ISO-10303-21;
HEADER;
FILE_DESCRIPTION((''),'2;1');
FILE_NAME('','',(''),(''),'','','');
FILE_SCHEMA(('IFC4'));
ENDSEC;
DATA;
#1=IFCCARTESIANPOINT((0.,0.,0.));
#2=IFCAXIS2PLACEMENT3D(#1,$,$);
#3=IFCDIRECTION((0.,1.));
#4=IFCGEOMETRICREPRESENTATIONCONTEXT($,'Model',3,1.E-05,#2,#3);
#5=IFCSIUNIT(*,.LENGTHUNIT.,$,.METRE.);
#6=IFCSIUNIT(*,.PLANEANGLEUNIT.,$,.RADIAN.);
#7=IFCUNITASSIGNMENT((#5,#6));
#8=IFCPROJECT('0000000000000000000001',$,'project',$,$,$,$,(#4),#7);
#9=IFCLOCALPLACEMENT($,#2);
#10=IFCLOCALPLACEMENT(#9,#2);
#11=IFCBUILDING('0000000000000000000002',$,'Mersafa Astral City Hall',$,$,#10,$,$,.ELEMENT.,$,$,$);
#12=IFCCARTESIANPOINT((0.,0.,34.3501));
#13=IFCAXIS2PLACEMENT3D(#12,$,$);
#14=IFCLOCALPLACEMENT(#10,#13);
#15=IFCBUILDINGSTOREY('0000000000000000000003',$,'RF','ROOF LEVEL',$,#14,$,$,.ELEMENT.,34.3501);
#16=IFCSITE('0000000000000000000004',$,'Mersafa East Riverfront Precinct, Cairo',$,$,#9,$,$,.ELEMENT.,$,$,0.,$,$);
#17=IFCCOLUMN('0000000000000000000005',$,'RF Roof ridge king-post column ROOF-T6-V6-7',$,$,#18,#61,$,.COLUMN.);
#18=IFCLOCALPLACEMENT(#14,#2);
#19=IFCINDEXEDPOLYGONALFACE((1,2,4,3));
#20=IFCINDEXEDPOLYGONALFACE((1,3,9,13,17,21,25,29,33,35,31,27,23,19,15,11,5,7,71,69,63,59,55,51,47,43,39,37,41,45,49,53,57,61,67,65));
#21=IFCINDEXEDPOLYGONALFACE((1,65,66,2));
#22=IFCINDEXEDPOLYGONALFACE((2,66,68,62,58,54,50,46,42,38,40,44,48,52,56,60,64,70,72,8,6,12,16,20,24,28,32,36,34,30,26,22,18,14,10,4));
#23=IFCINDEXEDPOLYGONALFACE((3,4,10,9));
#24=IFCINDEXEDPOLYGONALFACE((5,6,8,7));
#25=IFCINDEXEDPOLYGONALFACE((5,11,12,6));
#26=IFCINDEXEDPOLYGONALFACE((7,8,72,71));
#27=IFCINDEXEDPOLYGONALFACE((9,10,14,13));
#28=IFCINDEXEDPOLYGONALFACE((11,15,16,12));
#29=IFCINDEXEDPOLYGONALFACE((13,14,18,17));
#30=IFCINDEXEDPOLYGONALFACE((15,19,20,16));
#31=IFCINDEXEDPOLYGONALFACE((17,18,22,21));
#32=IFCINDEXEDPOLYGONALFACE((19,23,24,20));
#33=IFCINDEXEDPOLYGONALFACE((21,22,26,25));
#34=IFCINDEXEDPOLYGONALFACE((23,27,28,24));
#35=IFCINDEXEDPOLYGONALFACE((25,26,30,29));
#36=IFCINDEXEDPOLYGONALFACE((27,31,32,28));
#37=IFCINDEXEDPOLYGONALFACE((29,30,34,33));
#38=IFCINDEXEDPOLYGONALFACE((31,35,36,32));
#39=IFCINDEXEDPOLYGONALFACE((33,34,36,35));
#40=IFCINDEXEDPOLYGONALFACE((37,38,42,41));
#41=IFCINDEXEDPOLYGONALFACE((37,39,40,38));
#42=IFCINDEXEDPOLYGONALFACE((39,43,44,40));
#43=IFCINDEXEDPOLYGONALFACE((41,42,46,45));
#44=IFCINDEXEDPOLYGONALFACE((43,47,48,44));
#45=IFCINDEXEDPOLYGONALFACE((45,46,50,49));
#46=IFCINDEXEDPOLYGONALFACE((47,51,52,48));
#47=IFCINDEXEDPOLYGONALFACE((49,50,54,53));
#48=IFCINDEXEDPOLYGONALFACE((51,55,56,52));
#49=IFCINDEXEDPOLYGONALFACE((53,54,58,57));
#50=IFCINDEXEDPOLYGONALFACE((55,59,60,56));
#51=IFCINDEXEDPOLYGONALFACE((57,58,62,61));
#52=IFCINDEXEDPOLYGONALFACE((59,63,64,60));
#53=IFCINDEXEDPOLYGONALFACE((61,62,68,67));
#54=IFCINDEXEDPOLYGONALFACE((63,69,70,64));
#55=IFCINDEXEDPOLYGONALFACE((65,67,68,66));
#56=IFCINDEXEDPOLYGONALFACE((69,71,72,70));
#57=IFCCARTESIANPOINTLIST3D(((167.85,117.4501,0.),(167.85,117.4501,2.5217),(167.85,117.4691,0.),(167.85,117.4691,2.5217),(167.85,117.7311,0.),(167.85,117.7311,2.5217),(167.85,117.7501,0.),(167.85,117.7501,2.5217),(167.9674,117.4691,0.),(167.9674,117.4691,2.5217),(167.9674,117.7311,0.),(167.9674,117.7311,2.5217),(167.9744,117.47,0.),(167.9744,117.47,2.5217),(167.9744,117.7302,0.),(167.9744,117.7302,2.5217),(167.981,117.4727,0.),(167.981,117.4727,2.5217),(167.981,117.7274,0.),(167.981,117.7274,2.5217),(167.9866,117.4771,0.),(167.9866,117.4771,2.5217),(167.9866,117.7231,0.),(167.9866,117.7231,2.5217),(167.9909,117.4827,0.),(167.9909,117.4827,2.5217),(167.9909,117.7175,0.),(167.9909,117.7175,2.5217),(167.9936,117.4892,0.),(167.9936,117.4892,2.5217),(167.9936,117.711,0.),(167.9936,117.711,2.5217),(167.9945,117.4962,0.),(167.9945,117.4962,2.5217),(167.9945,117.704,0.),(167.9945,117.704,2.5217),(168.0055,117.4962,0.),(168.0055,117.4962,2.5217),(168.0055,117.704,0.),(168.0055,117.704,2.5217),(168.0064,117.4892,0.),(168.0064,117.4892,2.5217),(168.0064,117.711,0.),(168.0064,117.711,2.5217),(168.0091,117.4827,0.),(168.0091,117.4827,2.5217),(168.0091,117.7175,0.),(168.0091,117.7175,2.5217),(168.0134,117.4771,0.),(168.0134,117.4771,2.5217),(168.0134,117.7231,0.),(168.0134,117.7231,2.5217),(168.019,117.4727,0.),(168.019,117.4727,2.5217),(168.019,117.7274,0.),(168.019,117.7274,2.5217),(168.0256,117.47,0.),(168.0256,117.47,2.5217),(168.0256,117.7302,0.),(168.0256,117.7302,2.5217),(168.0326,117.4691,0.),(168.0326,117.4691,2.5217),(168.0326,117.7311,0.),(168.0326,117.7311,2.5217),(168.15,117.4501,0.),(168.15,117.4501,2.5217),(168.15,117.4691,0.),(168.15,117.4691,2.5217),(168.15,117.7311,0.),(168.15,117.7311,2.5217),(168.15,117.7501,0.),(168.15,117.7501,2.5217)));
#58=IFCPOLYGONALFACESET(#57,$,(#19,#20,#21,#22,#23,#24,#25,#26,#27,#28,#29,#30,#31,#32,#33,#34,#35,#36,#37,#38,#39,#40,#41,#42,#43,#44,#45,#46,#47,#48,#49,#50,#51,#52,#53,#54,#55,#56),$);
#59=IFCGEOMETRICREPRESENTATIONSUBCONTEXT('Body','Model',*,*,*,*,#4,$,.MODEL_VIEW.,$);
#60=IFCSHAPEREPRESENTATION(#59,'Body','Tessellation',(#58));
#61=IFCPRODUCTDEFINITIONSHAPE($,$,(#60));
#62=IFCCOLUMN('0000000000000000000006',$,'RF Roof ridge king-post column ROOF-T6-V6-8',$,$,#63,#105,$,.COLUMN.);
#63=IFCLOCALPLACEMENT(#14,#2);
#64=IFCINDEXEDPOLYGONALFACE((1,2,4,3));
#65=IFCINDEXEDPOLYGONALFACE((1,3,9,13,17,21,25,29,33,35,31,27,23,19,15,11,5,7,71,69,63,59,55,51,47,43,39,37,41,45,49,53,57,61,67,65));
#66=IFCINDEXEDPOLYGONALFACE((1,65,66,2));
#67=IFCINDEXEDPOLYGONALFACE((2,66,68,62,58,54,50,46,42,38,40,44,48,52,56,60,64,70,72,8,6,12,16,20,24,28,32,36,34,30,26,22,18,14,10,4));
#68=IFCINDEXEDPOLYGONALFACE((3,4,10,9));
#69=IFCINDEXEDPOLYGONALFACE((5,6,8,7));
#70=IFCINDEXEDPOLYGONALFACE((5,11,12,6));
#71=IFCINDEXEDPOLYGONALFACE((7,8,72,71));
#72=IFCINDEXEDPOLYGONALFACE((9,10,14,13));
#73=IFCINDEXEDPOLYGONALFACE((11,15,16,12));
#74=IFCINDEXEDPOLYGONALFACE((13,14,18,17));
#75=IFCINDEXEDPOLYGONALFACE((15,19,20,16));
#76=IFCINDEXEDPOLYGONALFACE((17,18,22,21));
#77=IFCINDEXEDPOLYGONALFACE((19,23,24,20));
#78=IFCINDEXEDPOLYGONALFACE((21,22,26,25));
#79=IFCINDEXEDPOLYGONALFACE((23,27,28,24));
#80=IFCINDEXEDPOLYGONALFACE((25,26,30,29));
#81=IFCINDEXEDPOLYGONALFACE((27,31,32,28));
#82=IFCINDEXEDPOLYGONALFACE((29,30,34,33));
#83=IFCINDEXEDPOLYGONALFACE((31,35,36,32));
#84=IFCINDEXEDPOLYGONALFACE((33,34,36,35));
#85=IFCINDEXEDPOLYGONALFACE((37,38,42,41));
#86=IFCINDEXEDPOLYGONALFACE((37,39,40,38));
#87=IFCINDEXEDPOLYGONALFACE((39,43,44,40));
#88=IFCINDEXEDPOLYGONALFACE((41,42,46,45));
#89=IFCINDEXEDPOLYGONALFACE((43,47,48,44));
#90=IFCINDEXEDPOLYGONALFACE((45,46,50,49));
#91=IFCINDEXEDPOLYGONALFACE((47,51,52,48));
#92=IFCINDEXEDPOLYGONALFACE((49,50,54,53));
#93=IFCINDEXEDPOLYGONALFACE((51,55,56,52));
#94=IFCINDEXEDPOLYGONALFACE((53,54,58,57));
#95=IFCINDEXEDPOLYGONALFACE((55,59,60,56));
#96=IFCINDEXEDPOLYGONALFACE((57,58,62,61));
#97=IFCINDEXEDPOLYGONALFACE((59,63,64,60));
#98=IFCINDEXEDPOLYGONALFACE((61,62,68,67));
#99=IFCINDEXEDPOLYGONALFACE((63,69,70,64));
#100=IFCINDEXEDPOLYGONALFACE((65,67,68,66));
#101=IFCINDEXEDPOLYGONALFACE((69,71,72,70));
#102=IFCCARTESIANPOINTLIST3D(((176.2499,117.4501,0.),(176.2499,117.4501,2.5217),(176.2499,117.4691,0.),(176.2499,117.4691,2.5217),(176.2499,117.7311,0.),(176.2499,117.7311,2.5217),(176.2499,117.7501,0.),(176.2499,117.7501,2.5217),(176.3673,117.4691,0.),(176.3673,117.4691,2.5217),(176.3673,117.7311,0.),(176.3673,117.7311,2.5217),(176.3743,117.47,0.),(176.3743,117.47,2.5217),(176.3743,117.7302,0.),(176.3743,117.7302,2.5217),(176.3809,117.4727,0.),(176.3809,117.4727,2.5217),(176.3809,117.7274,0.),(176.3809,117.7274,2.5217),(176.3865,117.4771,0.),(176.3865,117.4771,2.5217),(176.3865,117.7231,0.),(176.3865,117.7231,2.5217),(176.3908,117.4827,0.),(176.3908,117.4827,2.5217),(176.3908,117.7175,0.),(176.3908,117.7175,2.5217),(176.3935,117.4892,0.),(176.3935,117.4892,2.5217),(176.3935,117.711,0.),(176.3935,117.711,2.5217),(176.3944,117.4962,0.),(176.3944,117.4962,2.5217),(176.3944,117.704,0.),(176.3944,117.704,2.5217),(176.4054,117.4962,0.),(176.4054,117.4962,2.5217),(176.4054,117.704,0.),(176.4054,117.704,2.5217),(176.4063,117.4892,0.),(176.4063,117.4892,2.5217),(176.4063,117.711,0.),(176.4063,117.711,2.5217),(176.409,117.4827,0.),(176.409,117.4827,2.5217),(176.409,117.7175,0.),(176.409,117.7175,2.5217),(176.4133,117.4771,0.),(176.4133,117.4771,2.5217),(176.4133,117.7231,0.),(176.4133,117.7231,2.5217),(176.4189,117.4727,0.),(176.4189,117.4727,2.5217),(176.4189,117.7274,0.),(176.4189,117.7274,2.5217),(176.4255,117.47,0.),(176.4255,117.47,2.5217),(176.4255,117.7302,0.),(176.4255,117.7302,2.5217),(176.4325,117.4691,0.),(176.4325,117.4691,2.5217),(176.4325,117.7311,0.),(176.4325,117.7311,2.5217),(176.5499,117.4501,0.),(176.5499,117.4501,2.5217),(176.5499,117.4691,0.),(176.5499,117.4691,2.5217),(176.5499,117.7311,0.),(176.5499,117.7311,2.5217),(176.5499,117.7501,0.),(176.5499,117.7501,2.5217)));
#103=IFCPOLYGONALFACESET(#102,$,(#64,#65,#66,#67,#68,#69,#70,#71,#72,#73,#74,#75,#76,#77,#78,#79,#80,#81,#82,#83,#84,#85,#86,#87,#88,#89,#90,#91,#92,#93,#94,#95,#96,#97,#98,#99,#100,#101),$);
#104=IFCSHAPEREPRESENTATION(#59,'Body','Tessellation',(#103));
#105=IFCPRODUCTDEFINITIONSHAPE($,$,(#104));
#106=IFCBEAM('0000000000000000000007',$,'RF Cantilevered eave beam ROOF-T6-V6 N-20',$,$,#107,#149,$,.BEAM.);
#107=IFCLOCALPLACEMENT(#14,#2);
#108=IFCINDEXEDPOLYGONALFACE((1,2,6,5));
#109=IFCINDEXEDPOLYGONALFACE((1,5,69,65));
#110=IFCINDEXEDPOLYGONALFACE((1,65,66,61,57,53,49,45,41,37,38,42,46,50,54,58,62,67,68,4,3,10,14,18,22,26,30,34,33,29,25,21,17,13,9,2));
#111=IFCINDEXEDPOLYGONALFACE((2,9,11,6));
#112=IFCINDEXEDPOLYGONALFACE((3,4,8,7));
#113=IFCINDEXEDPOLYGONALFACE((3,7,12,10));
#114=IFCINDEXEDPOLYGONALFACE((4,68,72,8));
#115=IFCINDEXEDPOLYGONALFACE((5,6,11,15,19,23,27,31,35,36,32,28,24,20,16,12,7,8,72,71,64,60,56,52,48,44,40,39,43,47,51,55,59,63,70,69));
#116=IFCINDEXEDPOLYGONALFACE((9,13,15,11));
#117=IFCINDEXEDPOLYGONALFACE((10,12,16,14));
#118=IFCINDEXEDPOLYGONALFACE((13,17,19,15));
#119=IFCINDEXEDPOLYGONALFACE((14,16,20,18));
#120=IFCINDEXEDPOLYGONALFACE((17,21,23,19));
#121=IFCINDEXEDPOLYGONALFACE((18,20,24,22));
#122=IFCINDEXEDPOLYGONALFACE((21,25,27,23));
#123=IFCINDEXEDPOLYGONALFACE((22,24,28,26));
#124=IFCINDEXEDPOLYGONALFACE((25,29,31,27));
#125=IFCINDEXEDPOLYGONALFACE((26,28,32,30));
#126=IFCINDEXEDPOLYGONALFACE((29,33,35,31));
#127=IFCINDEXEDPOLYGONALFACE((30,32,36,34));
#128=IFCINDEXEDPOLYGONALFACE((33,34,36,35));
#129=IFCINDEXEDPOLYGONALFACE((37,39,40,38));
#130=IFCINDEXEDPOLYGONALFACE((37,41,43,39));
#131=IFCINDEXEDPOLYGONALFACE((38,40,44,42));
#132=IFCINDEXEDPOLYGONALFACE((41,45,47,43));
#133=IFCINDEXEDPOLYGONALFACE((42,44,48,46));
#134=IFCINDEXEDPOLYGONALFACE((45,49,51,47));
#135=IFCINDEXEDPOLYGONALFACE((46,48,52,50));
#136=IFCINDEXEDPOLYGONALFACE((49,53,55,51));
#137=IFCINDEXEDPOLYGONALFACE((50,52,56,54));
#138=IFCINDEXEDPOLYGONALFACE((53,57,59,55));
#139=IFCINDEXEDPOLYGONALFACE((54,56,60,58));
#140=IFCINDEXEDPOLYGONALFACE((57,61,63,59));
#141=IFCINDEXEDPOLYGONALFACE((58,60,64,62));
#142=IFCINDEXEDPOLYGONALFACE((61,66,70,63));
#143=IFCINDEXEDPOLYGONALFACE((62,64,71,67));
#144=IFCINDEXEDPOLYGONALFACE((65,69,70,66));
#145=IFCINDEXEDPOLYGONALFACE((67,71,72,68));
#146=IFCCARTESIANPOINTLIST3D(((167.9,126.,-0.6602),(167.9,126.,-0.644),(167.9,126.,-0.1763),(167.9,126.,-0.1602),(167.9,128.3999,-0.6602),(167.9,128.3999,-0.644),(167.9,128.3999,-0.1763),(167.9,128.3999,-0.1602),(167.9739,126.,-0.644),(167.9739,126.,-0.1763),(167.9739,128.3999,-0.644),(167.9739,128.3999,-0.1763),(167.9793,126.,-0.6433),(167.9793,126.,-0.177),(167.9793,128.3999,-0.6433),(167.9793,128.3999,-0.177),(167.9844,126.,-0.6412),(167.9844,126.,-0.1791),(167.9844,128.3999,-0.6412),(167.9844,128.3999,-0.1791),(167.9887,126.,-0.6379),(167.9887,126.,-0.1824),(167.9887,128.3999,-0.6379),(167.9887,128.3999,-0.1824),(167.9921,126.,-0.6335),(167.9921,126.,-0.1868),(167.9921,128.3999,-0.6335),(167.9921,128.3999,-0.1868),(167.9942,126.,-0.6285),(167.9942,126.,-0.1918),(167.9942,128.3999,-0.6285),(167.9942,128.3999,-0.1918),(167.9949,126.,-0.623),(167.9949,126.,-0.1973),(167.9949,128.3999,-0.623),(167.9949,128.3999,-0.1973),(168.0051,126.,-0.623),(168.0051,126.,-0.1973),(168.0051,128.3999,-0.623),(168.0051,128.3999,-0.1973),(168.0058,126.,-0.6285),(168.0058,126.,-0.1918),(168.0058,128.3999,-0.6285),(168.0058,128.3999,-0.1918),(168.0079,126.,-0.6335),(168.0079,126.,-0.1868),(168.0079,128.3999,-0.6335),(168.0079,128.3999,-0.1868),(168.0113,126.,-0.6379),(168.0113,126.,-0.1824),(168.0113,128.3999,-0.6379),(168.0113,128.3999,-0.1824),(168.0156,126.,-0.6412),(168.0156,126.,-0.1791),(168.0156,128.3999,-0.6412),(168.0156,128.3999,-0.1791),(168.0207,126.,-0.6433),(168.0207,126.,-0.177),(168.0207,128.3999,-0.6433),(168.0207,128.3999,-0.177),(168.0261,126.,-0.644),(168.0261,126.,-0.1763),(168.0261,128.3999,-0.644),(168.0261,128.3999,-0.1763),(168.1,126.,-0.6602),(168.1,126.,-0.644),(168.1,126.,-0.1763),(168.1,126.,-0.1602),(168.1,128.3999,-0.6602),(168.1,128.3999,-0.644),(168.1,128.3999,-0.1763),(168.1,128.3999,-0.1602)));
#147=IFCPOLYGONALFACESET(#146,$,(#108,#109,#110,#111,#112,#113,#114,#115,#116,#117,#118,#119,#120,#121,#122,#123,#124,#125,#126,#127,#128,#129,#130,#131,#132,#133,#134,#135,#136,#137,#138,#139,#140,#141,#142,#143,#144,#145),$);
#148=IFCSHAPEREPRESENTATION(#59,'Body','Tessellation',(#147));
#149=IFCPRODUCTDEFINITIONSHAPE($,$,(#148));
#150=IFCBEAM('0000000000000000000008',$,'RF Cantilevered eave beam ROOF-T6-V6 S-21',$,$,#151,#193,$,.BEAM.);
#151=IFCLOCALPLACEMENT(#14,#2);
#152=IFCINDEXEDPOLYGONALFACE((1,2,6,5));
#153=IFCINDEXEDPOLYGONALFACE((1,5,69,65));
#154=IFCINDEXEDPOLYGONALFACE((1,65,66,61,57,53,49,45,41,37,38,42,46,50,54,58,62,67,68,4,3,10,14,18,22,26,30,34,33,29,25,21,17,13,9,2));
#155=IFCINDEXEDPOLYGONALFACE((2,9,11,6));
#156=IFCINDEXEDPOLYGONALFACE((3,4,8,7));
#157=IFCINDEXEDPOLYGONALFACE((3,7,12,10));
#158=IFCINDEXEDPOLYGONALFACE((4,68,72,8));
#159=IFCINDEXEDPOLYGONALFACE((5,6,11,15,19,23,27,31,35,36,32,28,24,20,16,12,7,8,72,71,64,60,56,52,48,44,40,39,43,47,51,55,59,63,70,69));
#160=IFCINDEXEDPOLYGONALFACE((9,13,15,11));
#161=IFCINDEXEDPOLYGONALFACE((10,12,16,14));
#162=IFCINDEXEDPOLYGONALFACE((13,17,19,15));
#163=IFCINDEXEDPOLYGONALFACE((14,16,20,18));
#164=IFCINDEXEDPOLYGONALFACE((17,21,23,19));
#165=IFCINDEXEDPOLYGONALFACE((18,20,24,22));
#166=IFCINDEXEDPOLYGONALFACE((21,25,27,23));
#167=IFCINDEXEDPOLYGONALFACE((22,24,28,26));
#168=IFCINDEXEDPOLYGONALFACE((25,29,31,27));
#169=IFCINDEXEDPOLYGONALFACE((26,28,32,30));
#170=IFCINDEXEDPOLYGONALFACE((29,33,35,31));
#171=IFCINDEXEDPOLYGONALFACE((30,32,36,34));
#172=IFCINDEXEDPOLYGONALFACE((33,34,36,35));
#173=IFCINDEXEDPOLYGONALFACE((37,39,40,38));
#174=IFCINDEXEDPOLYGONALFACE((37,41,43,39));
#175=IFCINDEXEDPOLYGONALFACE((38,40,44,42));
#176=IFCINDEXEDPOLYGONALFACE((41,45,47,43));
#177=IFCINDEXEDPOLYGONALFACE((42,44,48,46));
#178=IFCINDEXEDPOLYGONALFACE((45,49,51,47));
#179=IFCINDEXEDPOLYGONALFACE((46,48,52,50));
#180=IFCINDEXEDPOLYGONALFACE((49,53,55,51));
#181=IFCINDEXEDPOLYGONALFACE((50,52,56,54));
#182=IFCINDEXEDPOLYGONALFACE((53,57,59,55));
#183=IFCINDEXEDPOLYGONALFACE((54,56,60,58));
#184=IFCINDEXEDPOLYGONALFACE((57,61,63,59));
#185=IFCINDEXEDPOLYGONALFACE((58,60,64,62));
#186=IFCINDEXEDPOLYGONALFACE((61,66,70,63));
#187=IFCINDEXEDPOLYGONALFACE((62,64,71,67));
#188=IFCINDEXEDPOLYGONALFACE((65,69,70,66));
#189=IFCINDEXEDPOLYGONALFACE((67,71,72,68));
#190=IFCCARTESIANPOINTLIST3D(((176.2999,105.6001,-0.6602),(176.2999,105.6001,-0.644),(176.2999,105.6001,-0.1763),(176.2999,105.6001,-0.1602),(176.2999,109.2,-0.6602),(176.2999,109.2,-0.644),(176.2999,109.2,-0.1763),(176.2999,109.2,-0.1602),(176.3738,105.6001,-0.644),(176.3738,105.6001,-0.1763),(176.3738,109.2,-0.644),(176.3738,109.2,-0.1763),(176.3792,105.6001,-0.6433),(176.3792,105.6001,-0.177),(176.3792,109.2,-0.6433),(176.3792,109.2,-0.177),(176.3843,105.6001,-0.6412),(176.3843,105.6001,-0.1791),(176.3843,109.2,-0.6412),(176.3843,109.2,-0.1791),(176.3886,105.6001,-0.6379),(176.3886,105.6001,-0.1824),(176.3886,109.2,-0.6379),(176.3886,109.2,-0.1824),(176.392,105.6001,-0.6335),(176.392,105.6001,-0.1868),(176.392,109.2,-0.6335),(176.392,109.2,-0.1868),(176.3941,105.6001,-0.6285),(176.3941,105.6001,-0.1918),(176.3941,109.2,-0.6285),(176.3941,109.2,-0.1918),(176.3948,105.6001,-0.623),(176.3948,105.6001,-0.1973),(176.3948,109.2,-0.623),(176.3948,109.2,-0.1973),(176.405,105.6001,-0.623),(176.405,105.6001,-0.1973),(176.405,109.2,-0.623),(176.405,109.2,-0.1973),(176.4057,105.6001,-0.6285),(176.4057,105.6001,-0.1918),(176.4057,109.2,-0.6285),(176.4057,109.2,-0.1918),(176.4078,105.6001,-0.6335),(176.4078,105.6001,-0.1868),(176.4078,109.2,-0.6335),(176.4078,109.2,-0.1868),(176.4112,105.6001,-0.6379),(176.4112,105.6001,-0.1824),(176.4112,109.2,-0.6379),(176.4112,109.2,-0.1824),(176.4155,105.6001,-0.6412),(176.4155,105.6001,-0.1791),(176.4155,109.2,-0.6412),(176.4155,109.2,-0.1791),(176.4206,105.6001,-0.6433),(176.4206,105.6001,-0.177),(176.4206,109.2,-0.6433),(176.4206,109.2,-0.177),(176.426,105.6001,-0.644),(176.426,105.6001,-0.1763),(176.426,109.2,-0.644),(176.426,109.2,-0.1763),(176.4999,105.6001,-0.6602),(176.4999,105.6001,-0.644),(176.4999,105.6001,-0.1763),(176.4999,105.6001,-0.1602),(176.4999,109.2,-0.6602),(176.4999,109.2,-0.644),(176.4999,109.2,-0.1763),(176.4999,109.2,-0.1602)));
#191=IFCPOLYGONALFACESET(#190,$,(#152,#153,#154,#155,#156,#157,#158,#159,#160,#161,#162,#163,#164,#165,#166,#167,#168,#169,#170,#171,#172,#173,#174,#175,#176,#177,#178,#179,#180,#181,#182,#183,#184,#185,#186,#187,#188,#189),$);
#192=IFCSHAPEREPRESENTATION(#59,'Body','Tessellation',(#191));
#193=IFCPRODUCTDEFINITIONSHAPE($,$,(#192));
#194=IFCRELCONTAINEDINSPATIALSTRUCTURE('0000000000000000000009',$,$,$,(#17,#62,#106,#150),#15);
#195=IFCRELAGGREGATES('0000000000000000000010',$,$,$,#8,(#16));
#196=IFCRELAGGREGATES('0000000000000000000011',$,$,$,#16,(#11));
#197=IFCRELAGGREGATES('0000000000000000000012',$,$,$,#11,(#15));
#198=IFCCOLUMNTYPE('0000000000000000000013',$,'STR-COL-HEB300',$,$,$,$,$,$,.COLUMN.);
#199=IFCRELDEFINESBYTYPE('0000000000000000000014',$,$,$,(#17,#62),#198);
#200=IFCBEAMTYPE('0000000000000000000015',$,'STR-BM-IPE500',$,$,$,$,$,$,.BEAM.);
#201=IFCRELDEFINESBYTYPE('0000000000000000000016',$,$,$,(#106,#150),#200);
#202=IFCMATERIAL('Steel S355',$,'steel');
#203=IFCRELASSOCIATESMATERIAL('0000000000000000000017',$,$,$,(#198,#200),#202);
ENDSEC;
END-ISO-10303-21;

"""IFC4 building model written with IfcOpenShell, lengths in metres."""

from ifc_helpers import new_model, si_unit, direction, frame, origin, origin_2d, place, context, subcontext, project, spatial, i_section, extrude, material, material_profile, profile_set, type_object, element, save


model = new_model("IFC4")

# Units and contexts
model_context = context("Model", 3, precision=1e-05, world=origin(), true_north=direction((0.0, 1.0)))
body_context = subcontext(model_context, "Body", "Model", "MODEL_VIEW")
ifc_project = project(units=[si_unit("LENGTHUNIT", "METRE"), si_unit("PLANEANGLEUNIT", "RADIAN")], contexts=[model_context])

# Site, building, storey
site_placement = place(None, origin())
site = spatial("IfcSite", under=ifc_project, at=site_placement, Name="Mersafa East Riverfront Precinct, Cairo", CompositionType="ELEMENT", RefElevation=0.0)
building_placement = place(site_placement, origin())
building = spatial("IfcBuilding", under=site, at=building_placement, Name="Mersafa Astral City Hall", CompositionType="ELEMENT")
storey_placement = place(building_placement, frame((0.0, 0.0, 34.3501)))
storey = spatial("IfcBuildingStorey", under=building, at=storey_placement, Name="RF", Description="ROOF LEVEL", CompositionType="ELEMENT", Elevation=34.3501)

# Columns
ifc_material_1 = material(Name="Steel S355", Category="steel")
ifc_material_profile_1 = material_profile(ifc_material_1, i_section(OverallWidth=0.3, OverallDepth=0.3, WebThickness=0.011, FlangeThickness=0.019, FilletRadius=0.0271, at=origin_2d()), Name="HEB 300")
ifc_profile_set_1 = profile_set([ifc_material_profile_1], Name="Steel S355")
column_type = type_object("IfcColumnType", Name="STR-COL-HEB300", PredefinedType="COLUMN", material=ifc_profile_set_1)
for number, where, z_axis, x_axis, name in (
    (1, (168.0, 117.6001, 0.0), (0.0, 0.0, 1.0), (1.0, 0.0, 0.0), "RF Roof ridge king-post column ROOF-T6-V6-7"),
    (2, (176.3999, 117.6001, 0.0), (0.0, 0.0, 1.0), (1.0, 0.0, 0.0), "RF Roof ridge king-post column ROOF-T6-V6-8"),
):
    element("IfcColumn", number, at=place(storey_placement, frame(where, z_axis=z_axis, x_axis=x_axis)), inside=storey, type_object=column_type, Name=name, PredefinedType="COLUMN", context=body_context, shape_type="SweptSolid", body=[
        extrude(i_section(OverallWidth=0.3, OverallDepth=0.3, WebThickness=0.011, FlangeThickness=0.019, FilletRadius=0.0271, at=origin_2d()), origin(), (0.0, 0.0, 1.0), 2.5217),
    ])

# Beams
ifc_material_profile_2 = material_profile(ifc_material_1, i_section(OverallWidth=0.2, OverallDepth=0.5, WebThickness=0.0103, FlangeThickness=0.0161, FilletRadius=0.021, at=origin_2d()), Name="IPE 500")
ifc_profile_set_2 = profile_set([ifc_material_profile_2], Name="Steel S355")
beam_type_1 = type_object("IfcBeamType", Name="STR-BM-IPE500", PredefinedType="BEAM", material=ifc_profile_set_2)
beam_1_placement = place(storey_placement, frame((168.0, 126.0, -0.4102), z_axis=(0.0, 1.0, 0.0), x_axis=(-1.0, 0.0, 0.0)))
element("IfcBeam", 3, at=beam_1_placement, inside=storey, type_object=beam_type_1, Name="RF Cantilevered eave beam ROOF-T6-V6 N-20", PredefinedType="BEAM", context=body_context, shape_type="SweptSolid", body=[
    extrude(i_section(OverallWidth=0.2, OverallDepth=0.5, WebThickness=0.0103, FlangeThickness=0.0161, FilletRadius=0.021, at=origin_2d()), origin(), (0.0, 0.0, 1.0), 2.3999),
])
beam_2_placement = place(storey_placement, frame((176.3999, 109.2, -0.4102), z_axis=(0.0, -1.0, 0.0), x_axis=(1.0, 0.0, 0.0)))
element("IfcBeam", 4, at=beam_2_placement, inside=storey, type_object=beam_type_1, Name="RF Cantilevered eave beam ROOF-T6-V6 S-21", PredefinedType="BEAM", context=body_context, shape_type="SweptSolid", body=[
    extrude(i_section(OverallWidth=0.2, OverallDepth=0.5, WebThickness=0.0103, FlangeThickness=0.0161, FilletRadius=0.021, at=origin_2d()), origin(), (0.0, 0.0, 1.0), 3.5999),
])

save(model, "model.ifc")
